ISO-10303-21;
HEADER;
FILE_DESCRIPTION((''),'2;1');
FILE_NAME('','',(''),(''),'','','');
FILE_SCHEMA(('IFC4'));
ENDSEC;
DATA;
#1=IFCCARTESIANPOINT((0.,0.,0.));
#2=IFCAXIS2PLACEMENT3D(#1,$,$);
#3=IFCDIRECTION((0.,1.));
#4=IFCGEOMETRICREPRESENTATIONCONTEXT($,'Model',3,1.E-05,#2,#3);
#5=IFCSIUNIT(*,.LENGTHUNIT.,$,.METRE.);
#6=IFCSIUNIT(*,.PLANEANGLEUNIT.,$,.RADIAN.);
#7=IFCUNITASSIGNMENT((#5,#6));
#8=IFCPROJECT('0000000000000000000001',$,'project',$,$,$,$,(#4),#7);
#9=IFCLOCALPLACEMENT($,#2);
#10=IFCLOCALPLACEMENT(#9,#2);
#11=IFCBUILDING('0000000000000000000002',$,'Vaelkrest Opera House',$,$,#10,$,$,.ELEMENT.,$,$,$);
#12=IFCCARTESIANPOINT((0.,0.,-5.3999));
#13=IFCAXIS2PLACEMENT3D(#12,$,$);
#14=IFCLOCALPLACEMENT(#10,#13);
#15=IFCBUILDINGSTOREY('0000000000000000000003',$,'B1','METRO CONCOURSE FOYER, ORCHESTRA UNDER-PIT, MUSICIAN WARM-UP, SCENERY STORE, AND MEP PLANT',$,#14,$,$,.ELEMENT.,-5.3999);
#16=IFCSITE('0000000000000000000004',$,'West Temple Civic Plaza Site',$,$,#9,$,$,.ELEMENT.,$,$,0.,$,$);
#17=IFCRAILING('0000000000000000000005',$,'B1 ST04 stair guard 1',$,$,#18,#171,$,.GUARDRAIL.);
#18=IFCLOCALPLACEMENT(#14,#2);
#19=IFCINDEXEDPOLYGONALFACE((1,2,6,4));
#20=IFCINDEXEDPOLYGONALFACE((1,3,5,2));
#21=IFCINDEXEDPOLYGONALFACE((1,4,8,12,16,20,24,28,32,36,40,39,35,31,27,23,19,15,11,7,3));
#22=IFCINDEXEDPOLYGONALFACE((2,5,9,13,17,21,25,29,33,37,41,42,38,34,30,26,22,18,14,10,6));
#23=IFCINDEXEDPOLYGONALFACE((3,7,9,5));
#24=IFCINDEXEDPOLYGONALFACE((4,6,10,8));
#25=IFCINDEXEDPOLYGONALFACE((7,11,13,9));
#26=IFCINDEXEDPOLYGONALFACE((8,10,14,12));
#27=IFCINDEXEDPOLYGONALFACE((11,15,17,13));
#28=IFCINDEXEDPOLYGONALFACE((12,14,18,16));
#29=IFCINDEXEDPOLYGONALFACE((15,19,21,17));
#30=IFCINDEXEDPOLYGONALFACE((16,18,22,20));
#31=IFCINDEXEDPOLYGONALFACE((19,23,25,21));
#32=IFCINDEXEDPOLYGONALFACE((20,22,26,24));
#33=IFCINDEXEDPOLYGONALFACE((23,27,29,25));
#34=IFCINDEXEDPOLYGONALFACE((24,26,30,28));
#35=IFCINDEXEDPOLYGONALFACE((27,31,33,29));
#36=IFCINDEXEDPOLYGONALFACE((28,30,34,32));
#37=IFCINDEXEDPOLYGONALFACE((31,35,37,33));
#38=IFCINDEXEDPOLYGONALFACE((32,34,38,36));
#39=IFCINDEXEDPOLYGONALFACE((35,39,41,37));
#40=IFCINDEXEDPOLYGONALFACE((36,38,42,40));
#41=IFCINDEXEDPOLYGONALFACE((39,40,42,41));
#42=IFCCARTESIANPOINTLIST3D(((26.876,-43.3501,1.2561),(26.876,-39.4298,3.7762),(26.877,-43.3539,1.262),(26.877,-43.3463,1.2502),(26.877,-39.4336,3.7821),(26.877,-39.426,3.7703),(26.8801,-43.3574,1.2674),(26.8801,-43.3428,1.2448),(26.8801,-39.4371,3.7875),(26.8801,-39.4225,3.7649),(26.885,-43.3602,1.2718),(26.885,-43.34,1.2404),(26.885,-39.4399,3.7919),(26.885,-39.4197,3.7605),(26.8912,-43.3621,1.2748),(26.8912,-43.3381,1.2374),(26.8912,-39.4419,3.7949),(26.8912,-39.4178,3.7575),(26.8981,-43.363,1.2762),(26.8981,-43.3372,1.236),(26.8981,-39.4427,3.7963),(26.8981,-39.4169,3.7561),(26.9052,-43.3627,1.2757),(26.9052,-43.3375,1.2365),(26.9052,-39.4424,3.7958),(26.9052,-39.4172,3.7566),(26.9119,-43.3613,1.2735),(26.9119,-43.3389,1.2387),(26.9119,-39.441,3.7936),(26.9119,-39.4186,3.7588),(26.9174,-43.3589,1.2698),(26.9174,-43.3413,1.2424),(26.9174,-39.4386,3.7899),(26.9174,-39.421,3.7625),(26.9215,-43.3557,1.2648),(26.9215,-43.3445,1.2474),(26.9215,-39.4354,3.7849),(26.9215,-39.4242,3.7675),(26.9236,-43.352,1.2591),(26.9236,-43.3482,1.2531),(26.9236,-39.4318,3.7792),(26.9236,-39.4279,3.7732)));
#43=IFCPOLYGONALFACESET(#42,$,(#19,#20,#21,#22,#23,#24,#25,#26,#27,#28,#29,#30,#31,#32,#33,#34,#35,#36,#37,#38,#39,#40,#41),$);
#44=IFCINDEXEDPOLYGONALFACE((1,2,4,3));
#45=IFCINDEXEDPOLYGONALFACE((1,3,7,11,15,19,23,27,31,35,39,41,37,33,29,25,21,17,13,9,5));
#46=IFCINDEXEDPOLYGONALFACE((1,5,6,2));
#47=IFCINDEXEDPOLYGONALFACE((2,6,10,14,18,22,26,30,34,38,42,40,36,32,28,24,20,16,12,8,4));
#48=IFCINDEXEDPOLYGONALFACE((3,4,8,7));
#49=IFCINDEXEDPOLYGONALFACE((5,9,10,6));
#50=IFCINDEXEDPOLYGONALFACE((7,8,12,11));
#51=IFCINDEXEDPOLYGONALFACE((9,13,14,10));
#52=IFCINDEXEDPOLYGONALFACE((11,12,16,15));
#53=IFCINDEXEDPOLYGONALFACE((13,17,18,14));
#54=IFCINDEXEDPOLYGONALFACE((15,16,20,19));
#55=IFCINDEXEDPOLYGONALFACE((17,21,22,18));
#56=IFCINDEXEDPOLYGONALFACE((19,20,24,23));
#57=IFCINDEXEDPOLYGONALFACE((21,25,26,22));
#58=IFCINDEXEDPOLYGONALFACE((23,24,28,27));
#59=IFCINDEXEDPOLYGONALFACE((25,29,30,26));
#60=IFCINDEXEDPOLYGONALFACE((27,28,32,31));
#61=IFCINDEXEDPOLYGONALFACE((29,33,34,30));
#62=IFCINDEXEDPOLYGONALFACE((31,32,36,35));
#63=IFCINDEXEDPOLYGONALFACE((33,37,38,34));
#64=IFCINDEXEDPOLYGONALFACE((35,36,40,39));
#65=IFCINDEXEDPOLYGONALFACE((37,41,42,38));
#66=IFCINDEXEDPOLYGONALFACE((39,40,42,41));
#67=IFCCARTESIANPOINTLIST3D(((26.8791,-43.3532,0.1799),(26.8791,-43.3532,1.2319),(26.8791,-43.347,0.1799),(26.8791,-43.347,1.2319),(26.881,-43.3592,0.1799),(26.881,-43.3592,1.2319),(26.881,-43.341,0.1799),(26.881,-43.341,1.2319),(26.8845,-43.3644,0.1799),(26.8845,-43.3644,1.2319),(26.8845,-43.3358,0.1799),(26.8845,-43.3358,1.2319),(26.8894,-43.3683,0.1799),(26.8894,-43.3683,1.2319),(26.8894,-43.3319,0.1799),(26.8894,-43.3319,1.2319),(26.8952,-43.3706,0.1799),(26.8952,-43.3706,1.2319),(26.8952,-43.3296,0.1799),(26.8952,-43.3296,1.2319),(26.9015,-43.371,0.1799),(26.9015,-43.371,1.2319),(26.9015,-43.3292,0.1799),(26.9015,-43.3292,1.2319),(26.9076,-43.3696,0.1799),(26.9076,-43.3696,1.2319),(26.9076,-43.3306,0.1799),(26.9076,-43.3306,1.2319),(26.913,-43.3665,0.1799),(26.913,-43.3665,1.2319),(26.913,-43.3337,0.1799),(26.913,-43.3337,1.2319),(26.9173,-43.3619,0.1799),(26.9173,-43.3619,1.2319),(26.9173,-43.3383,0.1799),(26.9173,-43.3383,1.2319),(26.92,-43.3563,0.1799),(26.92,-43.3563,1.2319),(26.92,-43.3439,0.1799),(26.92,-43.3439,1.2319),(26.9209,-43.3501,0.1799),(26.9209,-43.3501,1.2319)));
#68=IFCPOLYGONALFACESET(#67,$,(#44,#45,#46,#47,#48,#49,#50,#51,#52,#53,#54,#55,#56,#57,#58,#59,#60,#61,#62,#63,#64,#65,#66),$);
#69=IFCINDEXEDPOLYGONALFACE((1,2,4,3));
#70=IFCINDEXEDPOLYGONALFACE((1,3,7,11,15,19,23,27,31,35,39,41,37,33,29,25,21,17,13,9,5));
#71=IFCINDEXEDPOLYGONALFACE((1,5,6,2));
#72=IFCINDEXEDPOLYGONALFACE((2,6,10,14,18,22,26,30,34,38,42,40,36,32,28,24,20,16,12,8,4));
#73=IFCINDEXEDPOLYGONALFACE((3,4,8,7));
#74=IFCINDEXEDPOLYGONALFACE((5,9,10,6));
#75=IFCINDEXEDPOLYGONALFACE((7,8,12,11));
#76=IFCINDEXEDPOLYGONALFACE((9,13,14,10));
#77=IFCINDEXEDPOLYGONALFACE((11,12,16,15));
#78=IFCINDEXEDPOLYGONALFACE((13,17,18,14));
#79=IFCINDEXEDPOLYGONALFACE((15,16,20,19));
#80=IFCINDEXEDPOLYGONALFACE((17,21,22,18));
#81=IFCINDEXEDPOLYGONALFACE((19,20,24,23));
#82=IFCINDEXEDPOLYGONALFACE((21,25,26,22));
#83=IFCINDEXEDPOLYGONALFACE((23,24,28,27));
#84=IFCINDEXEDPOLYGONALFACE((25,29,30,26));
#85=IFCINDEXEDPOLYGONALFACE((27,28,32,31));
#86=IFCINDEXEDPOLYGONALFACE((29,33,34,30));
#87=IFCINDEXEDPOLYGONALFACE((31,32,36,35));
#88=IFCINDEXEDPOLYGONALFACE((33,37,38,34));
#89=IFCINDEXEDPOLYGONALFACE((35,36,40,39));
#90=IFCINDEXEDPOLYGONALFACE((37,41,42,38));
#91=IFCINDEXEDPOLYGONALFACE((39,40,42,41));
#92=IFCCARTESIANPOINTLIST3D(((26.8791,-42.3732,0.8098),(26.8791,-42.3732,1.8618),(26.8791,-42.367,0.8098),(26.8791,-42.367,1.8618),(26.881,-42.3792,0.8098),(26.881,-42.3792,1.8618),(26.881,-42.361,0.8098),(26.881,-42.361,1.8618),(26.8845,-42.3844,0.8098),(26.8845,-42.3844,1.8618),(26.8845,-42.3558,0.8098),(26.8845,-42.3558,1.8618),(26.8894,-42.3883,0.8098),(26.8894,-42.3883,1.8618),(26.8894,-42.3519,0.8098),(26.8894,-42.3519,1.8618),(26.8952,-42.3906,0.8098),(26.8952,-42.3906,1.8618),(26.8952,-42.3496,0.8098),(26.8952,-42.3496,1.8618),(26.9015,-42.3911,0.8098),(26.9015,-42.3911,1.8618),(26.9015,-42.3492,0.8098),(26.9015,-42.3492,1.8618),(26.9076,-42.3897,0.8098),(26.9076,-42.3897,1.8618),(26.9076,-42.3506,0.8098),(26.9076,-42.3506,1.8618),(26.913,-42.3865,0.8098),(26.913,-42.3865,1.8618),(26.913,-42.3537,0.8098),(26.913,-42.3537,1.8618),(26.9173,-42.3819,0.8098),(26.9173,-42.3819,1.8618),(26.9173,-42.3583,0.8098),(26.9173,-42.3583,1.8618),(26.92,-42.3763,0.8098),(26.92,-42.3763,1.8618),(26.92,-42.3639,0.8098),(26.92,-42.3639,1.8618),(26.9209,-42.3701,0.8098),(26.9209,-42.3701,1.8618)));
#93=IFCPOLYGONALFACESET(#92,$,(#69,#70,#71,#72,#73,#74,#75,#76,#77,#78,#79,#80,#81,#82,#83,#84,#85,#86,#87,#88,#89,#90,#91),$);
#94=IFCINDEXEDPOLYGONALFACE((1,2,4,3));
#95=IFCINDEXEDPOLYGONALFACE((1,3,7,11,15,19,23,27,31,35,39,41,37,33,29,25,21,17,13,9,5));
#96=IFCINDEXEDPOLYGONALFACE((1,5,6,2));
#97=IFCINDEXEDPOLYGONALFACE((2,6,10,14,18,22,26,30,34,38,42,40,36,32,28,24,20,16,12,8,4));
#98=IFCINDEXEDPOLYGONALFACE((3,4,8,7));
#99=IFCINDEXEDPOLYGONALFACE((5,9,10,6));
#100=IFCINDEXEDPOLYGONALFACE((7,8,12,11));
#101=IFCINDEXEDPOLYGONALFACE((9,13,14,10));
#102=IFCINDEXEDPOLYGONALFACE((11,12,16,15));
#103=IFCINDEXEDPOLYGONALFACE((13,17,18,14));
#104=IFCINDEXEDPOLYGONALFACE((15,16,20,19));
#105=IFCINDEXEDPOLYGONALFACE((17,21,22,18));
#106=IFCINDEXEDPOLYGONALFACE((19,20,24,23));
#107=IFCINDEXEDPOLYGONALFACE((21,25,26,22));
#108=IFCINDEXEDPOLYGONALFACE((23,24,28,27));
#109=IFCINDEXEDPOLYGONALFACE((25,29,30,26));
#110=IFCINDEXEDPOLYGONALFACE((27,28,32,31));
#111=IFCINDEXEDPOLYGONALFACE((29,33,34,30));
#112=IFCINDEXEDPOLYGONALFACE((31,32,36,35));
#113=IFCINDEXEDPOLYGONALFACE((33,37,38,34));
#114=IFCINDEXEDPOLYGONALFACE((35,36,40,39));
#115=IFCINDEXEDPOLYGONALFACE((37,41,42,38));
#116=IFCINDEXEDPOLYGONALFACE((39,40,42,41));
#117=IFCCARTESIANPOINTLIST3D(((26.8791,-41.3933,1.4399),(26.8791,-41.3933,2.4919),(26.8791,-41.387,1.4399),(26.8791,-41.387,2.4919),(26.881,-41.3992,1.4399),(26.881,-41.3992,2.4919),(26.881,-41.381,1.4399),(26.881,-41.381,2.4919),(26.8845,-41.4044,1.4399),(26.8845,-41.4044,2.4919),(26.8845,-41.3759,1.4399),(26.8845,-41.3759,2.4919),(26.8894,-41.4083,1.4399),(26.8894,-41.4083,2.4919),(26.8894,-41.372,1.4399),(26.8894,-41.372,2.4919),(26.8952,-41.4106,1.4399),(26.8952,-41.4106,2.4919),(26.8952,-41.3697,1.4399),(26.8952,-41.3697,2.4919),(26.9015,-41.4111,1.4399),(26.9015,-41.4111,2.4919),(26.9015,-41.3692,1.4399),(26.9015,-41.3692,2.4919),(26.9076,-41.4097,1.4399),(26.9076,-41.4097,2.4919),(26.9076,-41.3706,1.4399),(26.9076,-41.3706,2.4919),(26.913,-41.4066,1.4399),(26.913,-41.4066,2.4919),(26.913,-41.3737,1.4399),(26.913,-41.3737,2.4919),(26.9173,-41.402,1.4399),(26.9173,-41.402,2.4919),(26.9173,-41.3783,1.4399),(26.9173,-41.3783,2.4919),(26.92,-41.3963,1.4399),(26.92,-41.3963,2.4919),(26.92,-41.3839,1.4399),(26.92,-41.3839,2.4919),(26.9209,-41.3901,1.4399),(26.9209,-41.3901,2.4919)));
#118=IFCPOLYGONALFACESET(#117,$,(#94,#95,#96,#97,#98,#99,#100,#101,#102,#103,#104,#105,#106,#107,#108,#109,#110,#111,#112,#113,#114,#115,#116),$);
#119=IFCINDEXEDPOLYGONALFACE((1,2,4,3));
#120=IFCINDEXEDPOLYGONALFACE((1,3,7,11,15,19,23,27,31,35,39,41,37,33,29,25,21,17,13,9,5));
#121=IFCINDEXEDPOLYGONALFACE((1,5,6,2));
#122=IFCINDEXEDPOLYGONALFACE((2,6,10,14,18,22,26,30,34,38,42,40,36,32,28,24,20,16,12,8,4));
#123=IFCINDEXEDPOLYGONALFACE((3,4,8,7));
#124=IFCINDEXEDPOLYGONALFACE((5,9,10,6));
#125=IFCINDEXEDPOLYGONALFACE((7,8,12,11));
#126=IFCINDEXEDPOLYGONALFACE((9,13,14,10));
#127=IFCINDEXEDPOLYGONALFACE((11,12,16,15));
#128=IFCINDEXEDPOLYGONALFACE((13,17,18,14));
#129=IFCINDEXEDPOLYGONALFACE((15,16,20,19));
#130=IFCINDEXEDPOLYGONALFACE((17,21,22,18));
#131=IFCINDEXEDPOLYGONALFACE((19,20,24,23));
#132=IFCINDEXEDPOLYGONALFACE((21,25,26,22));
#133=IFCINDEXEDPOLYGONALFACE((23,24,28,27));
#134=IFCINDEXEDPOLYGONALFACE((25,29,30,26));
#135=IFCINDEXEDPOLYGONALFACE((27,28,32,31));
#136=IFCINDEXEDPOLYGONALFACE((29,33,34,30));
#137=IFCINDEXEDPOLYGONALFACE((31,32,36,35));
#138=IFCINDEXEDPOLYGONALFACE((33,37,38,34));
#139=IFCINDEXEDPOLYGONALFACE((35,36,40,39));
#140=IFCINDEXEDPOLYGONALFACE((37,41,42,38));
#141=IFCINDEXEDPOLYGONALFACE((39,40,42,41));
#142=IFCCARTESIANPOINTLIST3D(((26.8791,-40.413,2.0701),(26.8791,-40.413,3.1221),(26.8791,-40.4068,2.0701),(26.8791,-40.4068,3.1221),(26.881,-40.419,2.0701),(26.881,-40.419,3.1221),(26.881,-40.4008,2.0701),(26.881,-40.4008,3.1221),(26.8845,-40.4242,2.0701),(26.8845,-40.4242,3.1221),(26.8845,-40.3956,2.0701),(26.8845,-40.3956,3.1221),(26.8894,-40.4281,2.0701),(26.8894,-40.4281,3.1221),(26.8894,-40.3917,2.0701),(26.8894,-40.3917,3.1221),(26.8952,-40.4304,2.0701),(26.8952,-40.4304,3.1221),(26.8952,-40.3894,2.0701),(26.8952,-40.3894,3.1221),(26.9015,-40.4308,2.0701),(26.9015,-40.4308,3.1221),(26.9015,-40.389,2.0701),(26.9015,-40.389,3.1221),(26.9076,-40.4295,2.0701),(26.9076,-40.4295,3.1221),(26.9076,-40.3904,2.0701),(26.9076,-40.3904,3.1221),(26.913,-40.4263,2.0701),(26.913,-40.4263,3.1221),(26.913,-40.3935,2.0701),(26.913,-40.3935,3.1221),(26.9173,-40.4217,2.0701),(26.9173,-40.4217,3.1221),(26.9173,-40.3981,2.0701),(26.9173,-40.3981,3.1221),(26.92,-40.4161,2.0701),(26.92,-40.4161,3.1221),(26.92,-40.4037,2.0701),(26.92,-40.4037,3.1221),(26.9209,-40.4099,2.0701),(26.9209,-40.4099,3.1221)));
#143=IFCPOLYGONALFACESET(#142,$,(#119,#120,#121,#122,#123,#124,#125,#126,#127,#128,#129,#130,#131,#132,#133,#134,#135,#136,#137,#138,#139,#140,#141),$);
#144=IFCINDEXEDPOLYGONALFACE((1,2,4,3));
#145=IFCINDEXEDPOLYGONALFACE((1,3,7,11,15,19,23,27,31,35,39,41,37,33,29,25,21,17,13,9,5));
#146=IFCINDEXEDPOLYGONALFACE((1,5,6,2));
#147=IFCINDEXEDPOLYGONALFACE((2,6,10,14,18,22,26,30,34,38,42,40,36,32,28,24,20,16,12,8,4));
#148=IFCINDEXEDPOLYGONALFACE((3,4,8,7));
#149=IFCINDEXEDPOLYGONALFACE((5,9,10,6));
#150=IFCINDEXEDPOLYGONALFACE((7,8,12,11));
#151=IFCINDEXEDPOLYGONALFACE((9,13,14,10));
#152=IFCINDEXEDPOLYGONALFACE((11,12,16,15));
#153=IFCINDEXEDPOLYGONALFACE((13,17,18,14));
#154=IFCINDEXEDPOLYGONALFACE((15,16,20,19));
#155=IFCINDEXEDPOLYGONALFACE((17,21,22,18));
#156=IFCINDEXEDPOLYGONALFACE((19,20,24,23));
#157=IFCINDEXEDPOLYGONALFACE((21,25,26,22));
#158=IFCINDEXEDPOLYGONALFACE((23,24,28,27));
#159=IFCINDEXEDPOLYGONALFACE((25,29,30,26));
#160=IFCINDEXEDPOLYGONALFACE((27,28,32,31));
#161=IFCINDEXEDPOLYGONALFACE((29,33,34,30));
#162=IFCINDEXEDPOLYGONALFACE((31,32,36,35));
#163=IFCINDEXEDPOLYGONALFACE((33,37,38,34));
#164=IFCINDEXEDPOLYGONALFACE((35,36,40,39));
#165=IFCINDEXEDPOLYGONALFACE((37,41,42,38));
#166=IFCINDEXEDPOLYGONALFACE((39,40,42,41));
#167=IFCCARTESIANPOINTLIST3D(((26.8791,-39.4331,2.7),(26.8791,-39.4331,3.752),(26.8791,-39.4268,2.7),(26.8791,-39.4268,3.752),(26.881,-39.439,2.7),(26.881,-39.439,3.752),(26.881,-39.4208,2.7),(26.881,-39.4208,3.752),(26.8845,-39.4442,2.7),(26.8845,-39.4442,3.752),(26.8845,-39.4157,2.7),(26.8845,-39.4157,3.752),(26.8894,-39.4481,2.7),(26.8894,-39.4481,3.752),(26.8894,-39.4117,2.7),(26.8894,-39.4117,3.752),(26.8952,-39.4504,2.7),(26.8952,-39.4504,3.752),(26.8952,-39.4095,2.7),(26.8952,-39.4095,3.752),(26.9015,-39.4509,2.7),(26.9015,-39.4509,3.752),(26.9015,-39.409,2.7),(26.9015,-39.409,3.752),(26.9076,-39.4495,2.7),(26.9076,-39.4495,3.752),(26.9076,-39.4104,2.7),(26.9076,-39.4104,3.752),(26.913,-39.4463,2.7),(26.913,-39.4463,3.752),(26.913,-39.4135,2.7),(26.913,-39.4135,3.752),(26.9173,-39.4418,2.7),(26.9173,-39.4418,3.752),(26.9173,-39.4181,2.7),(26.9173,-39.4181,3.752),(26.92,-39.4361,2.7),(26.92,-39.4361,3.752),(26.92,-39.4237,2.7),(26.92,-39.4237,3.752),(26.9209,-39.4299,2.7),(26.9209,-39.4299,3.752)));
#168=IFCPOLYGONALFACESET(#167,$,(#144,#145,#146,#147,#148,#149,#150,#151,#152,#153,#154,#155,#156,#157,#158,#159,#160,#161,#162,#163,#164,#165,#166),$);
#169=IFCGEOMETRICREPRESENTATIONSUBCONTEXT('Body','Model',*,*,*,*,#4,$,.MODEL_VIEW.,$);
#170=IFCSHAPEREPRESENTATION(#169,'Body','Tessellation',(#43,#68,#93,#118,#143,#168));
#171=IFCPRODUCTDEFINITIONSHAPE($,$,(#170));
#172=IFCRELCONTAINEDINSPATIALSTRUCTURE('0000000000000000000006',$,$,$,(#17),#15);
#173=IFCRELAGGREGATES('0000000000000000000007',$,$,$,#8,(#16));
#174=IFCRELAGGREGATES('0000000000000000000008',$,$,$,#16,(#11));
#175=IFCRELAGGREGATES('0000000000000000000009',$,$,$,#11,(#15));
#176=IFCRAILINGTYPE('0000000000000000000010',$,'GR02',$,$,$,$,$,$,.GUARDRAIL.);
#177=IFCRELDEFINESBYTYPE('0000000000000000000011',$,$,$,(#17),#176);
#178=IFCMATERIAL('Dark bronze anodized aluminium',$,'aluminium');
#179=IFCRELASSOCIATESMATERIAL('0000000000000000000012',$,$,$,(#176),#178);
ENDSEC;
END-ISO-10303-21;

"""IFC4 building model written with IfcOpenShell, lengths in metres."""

from ifc_helpers import new_model, si_unit, direction, frame, origin, origin_2d, place, context, subcontext, project, spatial, circle, extrude, material, type_object, element, save


model = new_model("IFC4")

# Units and contexts
model_context = context("Model", 3, precision=1e-05, world=origin(), true_north=direction((0.0, 1.0)))
body_context = subcontext(model_context, "Body", "Model", "MODEL_VIEW")
ifc_project = project(units=[si_unit("LENGTHUNIT", "METRE"), si_unit("PLANEANGLEUNIT", "RADIAN")], contexts=[model_context])

# Site, building, storey
site_placement = place(None, origin())
site = spatial("IfcSite", under=ifc_project, at=site_placement, Name="West Temple Civic Plaza Site", CompositionType="ELEMENT", RefElevation=0.0)
building_placement = place(site_placement, origin())
building = spatial("IfcBuilding", under=site, at=building_placement, Name="Vaelkrest Opera House", CompositionType="ELEMENT")
storey_placement = place(building_placement, frame((0.0, 0.0, -5.3999)))
storey = spatial("IfcBuildingStorey", under=building, at=storey_placement, Name="B1", Description="METRO CONCOURSE FOYER, ORCHESTRA UNDER-PIT, MUSICIAN WARM-UP, SCENERY STORE, AND MEP PLANT", CompositionType="ELEMENT", Elevation=-5.3999)

# Shared definitions
ifc_material_1 = material(Name="Dark bronze anodized aluminium", Category="aluminium")

# Railing
railing_type_1 = type_object("IfcRailingType", Name="GR02", PredefinedType="GUARDRAIL", material=ifc_material_1)
railing_1_placement = place(storey_placement, frame((26.8999, -43.3501, 0.1799)))
element("IfcRailing", 1, at=railing_1_placement, inside=storey, type_object=railing_type_1, Name="B1 ST04 stair guard 1", PredefinedType="GUARDRAIL", context=body_context, shape_type="SweptSolid", body=[
    extrude(circle(Radius=0.0239, at=origin_2d()), frame((0.0, 0.0, 1.0762), z_axis=(0.0, 0.841187, 0.540744), x_axis=(-1.0, 0.0, 0.0)), (0.0, 0.0, 1.0), 4.6604),
    extrude(circle(Radius=0.021, at=origin_2d()), origin(), (0.0, 0.0, 1.0), 1.052),
    extrude(circle(Radius=0.021, at=origin_2d()), frame((0.0, 0.98, 0.6299)), (0.0, 0.0, 1.0), 1.052),
    extrude(circle(Radius=0.021, at=origin_2d()), frame((0.0, 1.96, 1.26)), (0.0, 0.0, 1.0), 1.052),
    extrude(circle(Radius=0.021, at=origin_2d()), frame((0.0, 2.9402, 1.8901)), (0.0, 0.0, 1.0), 1.052),
    extrude(circle(Radius=0.021, at=origin_2d()), frame((0.0, 3.9202, 2.52)), (0.0, 0.0, 1.0), 1.052),
])

save(model, "model.ifc")
